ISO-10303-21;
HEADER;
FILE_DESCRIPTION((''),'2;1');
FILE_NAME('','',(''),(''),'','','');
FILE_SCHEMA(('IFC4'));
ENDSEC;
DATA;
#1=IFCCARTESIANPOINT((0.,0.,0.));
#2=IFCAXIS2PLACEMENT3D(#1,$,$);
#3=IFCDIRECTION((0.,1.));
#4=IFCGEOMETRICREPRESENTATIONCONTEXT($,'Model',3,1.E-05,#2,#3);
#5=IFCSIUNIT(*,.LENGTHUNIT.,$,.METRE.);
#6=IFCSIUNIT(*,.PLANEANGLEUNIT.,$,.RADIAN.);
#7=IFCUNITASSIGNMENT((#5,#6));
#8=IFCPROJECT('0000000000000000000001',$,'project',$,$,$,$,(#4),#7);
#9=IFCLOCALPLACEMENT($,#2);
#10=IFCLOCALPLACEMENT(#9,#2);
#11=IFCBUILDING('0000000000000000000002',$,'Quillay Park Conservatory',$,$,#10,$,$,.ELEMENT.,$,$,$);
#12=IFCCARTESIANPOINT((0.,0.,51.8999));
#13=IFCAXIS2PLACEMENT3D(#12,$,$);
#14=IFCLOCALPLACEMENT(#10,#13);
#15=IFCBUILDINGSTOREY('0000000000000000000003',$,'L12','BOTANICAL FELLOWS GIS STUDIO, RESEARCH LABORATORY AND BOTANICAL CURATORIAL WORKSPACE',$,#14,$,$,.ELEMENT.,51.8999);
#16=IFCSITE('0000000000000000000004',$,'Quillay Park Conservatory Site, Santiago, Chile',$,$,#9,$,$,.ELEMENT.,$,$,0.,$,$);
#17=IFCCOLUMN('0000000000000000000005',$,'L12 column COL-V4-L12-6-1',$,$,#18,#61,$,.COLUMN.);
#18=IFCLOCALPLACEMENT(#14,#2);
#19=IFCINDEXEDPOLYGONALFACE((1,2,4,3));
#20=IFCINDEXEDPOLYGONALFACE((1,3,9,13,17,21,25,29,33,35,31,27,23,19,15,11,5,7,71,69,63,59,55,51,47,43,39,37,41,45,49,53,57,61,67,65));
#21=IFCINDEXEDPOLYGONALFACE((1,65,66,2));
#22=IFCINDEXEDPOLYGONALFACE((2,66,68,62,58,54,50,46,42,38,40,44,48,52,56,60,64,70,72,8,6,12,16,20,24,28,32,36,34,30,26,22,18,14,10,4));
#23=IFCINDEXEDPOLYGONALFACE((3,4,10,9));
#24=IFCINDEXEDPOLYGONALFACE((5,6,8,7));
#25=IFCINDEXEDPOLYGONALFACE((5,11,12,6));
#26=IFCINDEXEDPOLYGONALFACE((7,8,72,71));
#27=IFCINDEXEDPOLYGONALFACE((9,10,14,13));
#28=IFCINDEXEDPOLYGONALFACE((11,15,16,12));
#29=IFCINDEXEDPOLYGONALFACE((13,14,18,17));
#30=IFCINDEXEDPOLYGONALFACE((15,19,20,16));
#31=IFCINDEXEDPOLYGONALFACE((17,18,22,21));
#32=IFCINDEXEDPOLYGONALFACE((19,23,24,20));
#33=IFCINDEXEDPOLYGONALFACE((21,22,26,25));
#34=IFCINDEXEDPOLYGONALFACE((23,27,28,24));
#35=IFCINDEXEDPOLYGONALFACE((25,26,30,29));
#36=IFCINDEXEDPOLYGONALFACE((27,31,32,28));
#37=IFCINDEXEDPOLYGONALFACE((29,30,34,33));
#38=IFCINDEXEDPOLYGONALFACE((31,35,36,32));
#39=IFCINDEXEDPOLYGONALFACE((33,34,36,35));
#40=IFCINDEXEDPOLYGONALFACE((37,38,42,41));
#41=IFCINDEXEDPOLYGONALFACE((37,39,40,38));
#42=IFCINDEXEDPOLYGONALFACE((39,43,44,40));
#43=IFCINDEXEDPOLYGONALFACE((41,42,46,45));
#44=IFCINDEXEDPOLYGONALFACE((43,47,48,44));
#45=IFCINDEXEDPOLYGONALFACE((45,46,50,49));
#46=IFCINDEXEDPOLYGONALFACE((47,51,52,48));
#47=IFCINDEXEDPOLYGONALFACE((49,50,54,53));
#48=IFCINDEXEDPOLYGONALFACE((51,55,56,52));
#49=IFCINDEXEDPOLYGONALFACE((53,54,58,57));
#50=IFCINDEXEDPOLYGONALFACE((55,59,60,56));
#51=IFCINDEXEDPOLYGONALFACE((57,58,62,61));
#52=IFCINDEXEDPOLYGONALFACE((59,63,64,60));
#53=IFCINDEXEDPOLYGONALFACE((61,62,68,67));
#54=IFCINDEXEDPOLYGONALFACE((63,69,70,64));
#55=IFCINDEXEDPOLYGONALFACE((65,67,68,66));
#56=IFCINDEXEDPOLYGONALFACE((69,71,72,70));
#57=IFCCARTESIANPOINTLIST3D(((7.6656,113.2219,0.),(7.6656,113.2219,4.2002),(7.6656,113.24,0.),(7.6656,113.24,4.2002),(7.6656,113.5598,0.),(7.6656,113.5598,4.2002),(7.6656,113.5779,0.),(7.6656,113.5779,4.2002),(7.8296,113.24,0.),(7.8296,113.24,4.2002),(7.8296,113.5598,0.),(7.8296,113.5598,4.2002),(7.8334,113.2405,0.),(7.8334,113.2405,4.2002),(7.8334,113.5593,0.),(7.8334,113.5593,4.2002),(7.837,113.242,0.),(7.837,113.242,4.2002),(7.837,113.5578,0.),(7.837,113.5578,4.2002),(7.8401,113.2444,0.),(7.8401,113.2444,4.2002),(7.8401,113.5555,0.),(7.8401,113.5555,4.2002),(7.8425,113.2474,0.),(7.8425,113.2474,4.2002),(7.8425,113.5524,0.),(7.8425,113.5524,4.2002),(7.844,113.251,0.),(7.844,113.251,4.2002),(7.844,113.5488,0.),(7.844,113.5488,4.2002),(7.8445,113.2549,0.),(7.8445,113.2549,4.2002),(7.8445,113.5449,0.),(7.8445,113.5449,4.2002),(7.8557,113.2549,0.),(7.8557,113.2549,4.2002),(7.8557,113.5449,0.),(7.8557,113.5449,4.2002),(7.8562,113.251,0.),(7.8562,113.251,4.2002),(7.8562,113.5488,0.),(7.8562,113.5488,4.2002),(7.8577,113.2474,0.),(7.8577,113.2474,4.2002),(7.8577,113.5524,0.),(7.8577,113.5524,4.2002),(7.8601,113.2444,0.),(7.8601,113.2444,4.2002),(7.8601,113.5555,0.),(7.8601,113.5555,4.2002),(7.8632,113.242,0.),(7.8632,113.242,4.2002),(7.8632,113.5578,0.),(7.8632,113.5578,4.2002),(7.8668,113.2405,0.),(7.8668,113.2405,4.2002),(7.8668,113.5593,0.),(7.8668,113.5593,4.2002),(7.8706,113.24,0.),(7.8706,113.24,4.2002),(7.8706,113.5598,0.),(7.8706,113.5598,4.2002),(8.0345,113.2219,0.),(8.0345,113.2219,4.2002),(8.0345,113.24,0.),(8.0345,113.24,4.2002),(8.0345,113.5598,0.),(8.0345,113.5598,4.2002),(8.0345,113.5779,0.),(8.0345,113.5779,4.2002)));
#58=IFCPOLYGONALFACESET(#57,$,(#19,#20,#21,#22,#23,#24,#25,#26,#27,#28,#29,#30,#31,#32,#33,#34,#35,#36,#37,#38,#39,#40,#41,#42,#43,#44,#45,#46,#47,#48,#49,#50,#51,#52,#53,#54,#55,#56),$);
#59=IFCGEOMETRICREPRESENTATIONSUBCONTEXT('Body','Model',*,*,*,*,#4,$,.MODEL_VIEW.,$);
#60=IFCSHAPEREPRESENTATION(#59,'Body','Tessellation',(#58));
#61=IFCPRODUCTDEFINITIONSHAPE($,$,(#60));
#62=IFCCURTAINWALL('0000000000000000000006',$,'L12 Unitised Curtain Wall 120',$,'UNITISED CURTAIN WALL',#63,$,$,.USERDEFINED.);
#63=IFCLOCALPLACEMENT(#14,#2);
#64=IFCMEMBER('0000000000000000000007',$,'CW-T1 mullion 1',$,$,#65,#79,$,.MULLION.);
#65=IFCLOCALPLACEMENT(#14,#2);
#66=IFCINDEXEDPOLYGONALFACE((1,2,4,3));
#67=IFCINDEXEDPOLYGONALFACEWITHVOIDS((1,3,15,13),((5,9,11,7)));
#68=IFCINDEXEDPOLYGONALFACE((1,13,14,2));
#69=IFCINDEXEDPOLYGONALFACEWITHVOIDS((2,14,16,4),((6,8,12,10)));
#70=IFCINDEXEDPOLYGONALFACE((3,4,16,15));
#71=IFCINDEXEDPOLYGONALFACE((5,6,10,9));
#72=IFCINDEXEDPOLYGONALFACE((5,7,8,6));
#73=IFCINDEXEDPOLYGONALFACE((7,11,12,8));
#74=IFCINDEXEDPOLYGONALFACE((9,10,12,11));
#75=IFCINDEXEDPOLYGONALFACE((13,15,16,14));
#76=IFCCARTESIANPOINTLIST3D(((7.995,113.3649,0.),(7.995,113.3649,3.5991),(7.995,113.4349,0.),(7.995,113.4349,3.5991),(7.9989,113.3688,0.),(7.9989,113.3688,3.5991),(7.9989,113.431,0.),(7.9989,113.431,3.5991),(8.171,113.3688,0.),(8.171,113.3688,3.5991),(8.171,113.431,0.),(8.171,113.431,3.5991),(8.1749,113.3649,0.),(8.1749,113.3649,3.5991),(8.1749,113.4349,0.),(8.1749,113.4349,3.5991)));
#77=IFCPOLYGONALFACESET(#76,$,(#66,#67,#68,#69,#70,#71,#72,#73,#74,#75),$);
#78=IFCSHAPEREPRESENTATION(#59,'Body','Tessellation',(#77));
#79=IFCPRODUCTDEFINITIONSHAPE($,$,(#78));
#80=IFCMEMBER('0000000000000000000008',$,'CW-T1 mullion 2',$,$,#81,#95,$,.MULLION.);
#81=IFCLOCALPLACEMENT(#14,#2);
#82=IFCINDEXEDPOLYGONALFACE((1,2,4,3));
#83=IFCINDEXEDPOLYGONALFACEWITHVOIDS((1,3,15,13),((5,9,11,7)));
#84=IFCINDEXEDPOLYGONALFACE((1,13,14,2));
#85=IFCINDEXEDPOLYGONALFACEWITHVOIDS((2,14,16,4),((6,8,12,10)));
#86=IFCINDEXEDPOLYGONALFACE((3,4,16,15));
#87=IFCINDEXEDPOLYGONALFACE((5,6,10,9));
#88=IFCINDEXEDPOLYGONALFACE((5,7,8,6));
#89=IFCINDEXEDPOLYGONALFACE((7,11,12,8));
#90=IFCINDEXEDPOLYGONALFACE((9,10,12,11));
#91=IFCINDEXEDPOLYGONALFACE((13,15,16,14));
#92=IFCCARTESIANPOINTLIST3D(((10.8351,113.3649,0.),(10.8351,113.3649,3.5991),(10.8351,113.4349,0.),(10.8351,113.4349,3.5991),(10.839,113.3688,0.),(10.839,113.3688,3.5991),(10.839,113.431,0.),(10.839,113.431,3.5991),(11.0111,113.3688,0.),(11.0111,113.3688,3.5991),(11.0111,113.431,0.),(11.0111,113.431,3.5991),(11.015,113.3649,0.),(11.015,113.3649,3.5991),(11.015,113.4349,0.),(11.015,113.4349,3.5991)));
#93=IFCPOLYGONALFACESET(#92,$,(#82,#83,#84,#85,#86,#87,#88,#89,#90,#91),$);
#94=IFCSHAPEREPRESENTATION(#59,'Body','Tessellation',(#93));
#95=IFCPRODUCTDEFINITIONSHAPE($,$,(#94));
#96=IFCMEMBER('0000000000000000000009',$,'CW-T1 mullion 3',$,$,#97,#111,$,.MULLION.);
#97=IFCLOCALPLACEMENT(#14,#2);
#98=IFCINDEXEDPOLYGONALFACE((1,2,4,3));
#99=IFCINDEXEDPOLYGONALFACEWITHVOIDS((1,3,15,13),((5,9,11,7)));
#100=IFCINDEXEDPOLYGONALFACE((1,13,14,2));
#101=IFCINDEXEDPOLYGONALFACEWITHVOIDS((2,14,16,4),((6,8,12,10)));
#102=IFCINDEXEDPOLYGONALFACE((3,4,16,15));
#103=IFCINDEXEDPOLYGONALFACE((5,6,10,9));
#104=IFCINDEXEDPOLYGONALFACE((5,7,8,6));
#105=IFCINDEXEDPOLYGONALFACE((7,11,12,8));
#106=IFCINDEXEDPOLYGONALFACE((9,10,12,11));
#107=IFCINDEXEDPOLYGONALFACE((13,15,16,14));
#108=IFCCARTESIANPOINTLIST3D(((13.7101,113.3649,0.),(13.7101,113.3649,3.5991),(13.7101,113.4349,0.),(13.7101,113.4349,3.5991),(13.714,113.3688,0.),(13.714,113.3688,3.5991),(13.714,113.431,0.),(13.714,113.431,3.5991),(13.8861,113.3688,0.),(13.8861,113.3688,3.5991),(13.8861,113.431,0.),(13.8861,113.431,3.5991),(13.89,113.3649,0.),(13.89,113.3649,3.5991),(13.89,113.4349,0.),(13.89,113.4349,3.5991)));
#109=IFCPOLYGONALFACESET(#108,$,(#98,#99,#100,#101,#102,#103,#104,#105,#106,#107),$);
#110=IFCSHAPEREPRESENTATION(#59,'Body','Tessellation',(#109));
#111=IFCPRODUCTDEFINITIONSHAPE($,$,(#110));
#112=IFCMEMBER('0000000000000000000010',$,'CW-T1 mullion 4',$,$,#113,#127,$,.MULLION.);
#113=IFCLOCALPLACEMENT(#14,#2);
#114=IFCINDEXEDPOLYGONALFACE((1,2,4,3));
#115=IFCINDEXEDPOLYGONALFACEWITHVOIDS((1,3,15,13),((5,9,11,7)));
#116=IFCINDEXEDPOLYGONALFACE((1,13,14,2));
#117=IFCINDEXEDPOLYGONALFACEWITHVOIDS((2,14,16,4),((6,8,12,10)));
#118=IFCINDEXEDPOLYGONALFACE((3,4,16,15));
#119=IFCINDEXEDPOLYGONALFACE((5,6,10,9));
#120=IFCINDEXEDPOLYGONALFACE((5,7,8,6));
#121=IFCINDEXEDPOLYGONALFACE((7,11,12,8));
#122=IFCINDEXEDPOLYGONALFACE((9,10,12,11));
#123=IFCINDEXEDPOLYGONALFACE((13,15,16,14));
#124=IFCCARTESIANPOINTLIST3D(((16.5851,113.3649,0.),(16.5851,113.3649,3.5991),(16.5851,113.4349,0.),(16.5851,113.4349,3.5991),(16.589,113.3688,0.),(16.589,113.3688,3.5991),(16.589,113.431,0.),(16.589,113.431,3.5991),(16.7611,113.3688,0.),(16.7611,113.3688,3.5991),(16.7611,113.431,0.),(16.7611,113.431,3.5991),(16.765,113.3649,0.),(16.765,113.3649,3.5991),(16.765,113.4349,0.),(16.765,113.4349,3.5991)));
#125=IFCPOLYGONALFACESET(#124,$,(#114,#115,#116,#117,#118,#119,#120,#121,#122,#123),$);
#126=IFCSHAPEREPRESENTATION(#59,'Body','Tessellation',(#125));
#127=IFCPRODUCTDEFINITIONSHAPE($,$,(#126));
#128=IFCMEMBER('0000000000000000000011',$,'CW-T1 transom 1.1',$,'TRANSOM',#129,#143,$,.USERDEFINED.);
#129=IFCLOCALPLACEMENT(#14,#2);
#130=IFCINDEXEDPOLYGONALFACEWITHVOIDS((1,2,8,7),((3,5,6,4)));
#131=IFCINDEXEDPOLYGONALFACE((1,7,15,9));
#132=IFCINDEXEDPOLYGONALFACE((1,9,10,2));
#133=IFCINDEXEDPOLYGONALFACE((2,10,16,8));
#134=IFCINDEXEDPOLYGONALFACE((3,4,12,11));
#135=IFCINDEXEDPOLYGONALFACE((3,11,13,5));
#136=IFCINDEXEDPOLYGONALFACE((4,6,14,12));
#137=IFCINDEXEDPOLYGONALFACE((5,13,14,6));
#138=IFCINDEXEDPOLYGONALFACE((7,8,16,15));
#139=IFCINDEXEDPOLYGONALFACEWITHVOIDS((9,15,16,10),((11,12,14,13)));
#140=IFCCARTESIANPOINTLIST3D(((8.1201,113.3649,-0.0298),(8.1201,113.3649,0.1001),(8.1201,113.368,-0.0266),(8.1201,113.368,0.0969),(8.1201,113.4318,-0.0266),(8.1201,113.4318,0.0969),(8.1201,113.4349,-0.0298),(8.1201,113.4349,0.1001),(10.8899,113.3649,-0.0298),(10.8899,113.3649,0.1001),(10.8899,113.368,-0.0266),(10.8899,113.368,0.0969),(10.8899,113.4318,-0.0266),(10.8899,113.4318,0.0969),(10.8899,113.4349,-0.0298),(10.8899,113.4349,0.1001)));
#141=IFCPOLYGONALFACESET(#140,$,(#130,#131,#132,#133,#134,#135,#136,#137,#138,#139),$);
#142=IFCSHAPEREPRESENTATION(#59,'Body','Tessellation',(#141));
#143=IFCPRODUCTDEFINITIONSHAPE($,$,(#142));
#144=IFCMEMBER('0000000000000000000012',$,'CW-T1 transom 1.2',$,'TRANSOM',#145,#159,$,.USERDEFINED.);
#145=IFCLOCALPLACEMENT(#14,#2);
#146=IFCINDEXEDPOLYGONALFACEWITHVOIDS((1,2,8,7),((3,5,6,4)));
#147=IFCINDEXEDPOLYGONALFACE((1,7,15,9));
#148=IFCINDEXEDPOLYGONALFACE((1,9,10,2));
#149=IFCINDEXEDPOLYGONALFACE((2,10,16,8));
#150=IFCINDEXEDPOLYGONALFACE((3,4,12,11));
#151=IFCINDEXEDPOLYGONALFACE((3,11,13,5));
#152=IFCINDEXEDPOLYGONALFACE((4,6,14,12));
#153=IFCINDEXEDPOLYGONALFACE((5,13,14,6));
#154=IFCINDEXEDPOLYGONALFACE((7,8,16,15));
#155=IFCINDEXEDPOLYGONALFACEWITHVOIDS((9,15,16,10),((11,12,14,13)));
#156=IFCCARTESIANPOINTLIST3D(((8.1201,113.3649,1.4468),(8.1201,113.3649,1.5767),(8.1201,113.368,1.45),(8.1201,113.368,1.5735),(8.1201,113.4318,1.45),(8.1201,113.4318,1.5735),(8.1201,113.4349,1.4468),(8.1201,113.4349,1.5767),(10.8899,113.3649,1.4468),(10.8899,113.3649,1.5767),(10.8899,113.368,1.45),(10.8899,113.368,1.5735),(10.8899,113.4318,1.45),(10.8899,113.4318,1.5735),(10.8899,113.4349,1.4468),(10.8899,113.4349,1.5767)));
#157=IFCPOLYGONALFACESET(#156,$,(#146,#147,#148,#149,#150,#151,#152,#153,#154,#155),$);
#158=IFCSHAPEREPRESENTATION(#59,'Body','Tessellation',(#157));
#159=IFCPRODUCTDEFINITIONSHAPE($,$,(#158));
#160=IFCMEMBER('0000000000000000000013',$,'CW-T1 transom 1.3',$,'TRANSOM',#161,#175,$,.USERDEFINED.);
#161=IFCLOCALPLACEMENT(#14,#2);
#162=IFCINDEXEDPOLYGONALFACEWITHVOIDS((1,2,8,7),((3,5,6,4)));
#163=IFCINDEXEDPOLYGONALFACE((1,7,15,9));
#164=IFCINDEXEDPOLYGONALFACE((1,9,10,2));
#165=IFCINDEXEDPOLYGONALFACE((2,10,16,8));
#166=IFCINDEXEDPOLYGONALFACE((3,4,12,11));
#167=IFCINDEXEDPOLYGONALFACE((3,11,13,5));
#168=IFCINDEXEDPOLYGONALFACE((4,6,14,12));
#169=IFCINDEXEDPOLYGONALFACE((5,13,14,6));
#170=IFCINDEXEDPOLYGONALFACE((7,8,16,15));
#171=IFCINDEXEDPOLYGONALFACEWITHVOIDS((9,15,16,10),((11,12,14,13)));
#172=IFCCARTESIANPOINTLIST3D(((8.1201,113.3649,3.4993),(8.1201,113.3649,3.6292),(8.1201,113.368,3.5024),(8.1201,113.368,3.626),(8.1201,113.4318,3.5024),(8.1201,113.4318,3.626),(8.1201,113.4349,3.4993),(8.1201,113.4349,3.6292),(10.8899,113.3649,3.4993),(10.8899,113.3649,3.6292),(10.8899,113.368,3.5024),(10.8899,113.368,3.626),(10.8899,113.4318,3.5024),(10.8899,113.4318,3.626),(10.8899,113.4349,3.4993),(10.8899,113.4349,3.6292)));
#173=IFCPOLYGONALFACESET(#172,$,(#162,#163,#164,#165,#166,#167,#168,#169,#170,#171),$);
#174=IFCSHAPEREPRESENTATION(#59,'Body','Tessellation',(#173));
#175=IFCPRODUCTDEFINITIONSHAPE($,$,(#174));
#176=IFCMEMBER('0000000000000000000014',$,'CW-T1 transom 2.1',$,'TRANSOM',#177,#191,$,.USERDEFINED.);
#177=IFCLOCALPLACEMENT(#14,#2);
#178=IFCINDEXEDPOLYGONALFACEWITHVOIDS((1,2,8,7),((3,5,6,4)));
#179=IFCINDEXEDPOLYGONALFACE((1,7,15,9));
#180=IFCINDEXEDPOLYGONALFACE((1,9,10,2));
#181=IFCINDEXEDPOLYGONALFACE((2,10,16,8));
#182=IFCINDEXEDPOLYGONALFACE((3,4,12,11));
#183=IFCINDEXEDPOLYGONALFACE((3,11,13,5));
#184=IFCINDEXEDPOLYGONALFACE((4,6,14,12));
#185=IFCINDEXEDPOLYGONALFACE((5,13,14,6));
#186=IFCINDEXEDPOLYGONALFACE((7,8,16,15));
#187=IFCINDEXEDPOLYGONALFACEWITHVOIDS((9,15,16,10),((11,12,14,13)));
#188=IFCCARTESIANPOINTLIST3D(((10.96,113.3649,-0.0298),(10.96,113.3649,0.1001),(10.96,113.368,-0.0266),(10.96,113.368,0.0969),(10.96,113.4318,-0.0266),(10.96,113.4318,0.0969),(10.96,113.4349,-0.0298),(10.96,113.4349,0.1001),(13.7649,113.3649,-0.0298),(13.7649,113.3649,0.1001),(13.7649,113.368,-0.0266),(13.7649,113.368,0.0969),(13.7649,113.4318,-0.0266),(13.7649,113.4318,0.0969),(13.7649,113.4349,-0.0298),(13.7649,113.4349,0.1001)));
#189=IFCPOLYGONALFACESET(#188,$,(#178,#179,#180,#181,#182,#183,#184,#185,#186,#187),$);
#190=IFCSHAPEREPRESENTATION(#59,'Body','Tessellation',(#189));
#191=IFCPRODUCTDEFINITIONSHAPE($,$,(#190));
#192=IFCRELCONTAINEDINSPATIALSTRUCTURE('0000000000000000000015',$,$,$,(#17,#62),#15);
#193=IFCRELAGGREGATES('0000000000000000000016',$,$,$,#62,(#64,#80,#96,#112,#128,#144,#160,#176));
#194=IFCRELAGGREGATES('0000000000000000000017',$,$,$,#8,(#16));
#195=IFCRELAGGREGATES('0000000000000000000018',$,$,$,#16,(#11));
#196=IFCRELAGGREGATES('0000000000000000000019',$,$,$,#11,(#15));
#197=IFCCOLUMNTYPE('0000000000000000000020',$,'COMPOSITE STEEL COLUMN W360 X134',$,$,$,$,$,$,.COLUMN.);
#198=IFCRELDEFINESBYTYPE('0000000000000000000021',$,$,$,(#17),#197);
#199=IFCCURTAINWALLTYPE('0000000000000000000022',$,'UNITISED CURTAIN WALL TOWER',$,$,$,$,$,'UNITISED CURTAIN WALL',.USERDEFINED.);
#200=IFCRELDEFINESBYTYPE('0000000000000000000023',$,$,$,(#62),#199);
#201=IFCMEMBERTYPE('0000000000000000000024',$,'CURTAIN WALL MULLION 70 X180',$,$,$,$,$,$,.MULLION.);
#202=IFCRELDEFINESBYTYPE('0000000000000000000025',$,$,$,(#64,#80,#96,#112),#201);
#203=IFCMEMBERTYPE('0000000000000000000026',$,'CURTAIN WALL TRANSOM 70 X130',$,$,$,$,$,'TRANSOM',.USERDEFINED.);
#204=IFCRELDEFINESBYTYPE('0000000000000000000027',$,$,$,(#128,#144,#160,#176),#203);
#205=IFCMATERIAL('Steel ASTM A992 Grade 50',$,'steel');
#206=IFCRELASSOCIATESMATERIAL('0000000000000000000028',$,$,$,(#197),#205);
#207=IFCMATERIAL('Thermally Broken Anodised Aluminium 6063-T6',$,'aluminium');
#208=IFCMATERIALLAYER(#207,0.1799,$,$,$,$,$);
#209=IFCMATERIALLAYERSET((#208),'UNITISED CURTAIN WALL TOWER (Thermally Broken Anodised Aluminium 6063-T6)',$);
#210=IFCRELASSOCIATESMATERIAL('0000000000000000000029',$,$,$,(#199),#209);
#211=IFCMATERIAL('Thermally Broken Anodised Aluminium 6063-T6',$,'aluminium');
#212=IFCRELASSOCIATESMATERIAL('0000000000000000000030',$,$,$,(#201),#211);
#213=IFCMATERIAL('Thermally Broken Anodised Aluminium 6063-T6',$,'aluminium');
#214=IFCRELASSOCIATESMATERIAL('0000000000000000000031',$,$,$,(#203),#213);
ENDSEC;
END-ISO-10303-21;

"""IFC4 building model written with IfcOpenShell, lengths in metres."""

from ifc_helpers import new_model, si_unit, direction, frame, origin, origin_2d, place, context, subcontext, project, spatial, hollow_rectangle, i_section, extrude, material, layer, layer_set, material_profile, profile_set, type_object, element, aggregate, save


model = new_model("IFC4")

# Units and contexts
model_context = context("Model", 3, precision=1e-05, world=origin(), true_north=direction((0.0, 1.0)))
body_context = subcontext(model_context, "Body", "Model", "MODEL_VIEW")
ifc_project = project(units=[si_unit("LENGTHUNIT", "METRE"), si_unit("PLANEANGLEUNIT", "RADIAN")], contexts=[model_context])

# Site, building, storey
site_placement = place(None, origin())
site = spatial("IfcSite", under=ifc_project, at=site_placement, Name="Quillay Park Conservatory Site, Santiago, Chile", CompositionType="ELEMENT", RefElevation=0.0)
building_placement = place(site_placement, origin())
building = spatial("IfcBuilding", under=site, at=building_placement, Name="Quillay Park Conservatory", CompositionType="ELEMENT")
storey_placement = place(building_placement, frame((0.0, 0.0, 51.8999)))
storey = spatial("IfcBuildingStorey", under=building, at=storey_placement, Name="L12", Description="BOTANICAL FELLOWS GIS STUDIO, RESEARCH LABORATORY AND BOTANICAL CURATORIAL WORKSPACE", CompositionType="ELEMENT", Elevation=51.8999)

# Column
ifc_material_1 = material(Name="Steel ASTM A992 Grade 50", Category="steel")
ifc_material_profile_1 = material_profile(ifc_material_1, i_section(OverallWidth=0.3689, OverallDepth=0.356, WebThickness=0.0112, FlangeThickness=0.0181, FilletRadius=0.0149, at=origin_2d()), Name="W360x134")
ifc_profile_set_1 = profile_set([ifc_material_profile_1], Name="Steel ASTM A992 Grade 50")
column_type = type_object("IfcColumnType", Name="COMPOSITE STEEL COLUMN W360 X134", PredefinedType="COLUMN", material=ifc_profile_set_1)
column_placement = place(storey_placement, frame((7.8501, 113.3999, 0.0), z_axis=(0.0, 0.0, 1.0), x_axis=(1.0, 0.0, 0.0)))
element("IfcColumn", 1, at=column_placement, inside=storey, type_object=column_type, Name="L12 column COL-V4-L12-6-1", PredefinedType="COLUMN", context=body_context, shape_type="SweptSolid", body=[
    extrude(i_section(OverallWidth=0.3689, OverallDepth=0.356, WebThickness=0.0112, FlangeThickness=0.0181, FilletRadius=0.0149, at=origin_2d()), origin(), (0.0, 0.0, 1.0), 4.2002),
])

# Curtain wall, members
ifc_material_2 = material(Name="Thermally Broken Anodised Aluminium 6063-T6", Category="aluminium")
ifc_layer_1 = layer(ifc_material_2, 0.1799)
ifc_layer_set_1 = layer_set([ifc_layer_1], Name="UNITISED CURTAIN WALL TOWER (Thermally Broken Anodised Aluminium 6063-T6)")
curtain_wall_type = type_object("IfcCurtainWallType", Name="UNITISED CURTAIN WALL TOWER", ElementType="UNITISED CURTAIN WALL", PredefinedType="USERDEFINED", material=ifc_layer_set_1)
curtain_wall_placement = place(storey_placement, origin())
curtain_wall = element("IfcCurtainWall", 2, at=curtain_wall_placement, inside=storey, type_object=curtain_wall_type, Name="L12 Unitised Curtain Wall 120", ObjectType="UNITISED CURTAIN WALL", PredefinedType="USERDEFINED")
ifc_material_3 = material(Name="Thermally Broken Anodised Aluminium 6063-T6", Category="aluminium")
ifc_material_profile_2 = material_profile(ifc_material_3, hollow_rectangle(XDim=0.0701, YDim=0.1799, WallThickness=0.0039, at=origin_2d()), Name="AL70x180x4")
ifc_profile_set_2 = profile_set([ifc_material_profile_2], Name="Thermally Broken Anodised Aluminium 6063-T6")
member_type_1 = type_object("IfcMemberType", Name="CURTAIN WALL MULLION 70 X180", PredefinedType="MULLION", material=ifc_profile_set_2)
member_1_placement = place(storey_placement, frame((8.085, 113.3999, 0.0), z_axis=(0.0, 0.0, 1.0), x_axis=(0.0, 1.0, 0.0)))
member_1 = element("IfcMember", 3, at=member_1_placement, type_object=member_type_1, Name="CW-T1 mullion 1", PredefinedType="MULLION", context=body_context, shape_type="SweptSolid", body=[
    extrude(hollow_rectangle(XDim=0.0701, YDim=0.1799, WallThickness=0.0039, at=origin_2d()), origin(), (0.0, 0.0, 1.0), 3.5991),
])
member_2_placement = place(storey_placement, frame((10.925, 113.3999, 0.0), z_axis=(0.0, 0.0, 1.0), x_axis=(0.0, 1.0, 0.0)))
member_2 = element("IfcMember", 4, at=member_2_placement, type_object=member_type_1, Name="CW-T1 mullion 2", PredefinedType="MULLION", context=body_context, shape_type="SweptSolid", body=[
    extrude(hollow_rectangle(XDim=0.0701, YDim=0.1799, WallThickness=0.0039, at=origin_2d()), origin(), (0.0, 0.0, 1.0), 3.5991),
])
member_3_placement = place(storey_placement, frame((13.8, 113.3999, 0.0), z_axis=(0.0, 0.0, 1.0), x_axis=(0.0, 1.0, 0.0)))
member_3 = element("IfcMember", 5, at=member_3_placement, type_object=member_type_1, Name="CW-T1 mullion 3", PredefinedType="MULLION", context=body_context, shape_type="SweptSolid", body=[
    extrude(hollow_rectangle(XDim=0.0701, YDim=0.1799, WallThickness=0.0039, at=origin_2d()), origin(), (0.0, 0.0, 1.0), 3.5991),
])
member_4_placement = place(storey_placement, frame((16.675, 113.3999, 0.0), z_axis=(0.0, 0.0, 1.0), x_axis=(0.0, 1.0, 0.0)))
member_4 = element("IfcMember", 6, at=member_4_placement, type_object=member_type_1, Name="CW-T1 mullion 4", PredefinedType="MULLION", context=body_context, shape_type="SweptSolid", body=[
    extrude(hollow_rectangle(XDim=0.0701, YDim=0.1799, WallThickness=0.0039, at=origin_2d()), origin(), (0.0, 0.0, 1.0), 3.5991),
])
ifc_material_4 = material(Name="Thermally Broken Anodised Aluminium 6063-T6", Category="aluminium")
ifc_material_profile_3 = material_profile(ifc_material_4, hollow_rectangle(XDim=0.0701, YDim=0.1299, WallThickness=0.0032, at=origin_2d()), Name="AL70x130x3.2")
ifc_profile_set_3 = profile_set([ifc_material_profile_3], Name="Thermally Broken Anodised Aluminium 6063-T6")
member_type_2 = type_object("IfcMemberType", Name="CURTAIN WALL TRANSOM 70 X130", ElementType="TRANSOM", PredefinedType="USERDEFINED", material=ifc_profile_set_3)
member_5_placement = place(storey_placement, frame((8.1201, 113.3999, 0.0352), z_axis=(1.0, 0.0, 0.0), x_axis=(0.0, 1.0, 0.0)))
member_5 = element("IfcMember", 7, at=member_5_placement, type_object=member_type_2, Name="CW-T1 transom 1.1", ObjectType="TRANSOM", PredefinedType="USERDEFINED", context=body_context, shape_type="SweptSolid", body=[
    extrude(hollow_rectangle(XDim=0.0701, YDim=0.1299, WallThickness=0.0032, at=origin_2d()), origin(), (0.0, 0.0, 1.0), 2.7698),
])
member_6_placement = place(storey_placement, frame((8.1201, 113.3999, 1.5117), z_axis=(1.0, 0.0, 0.0), x_axis=(0.0, 1.0, 0.0)))
member_6 = element("IfcMember", 8, at=member_6_placement, type_object=member_type_2, Name="CW-T1 transom 1.2", ObjectType="TRANSOM", PredefinedType="USERDEFINED", context=body_context, shape_type="SweptSolid", body=[
    extrude(hollow_rectangle(XDim=0.0701, YDim=0.1299, WallThickness=0.0032, at=origin_2d()), origin(), (0.0, 0.0, 1.0), 2.7698),
])
member_7_placement = place(storey_placement, frame((8.1201, 113.3999, 3.5642), z_axis=(1.0, 0.0, 0.0), x_axis=(0.0, 1.0, 0.0)))
member_7 = element("IfcMember", 9, at=member_7_placement, type_object=member_type_2, Name="CW-T1 transom 1.3", ObjectType="TRANSOM", PredefinedType="USERDEFINED", context=body_context, shape_type="SweptSolid", body=[
    extrude(hollow_rectangle(XDim=0.0701, YDim=0.1299, WallThickness=0.0032, at=origin_2d()), origin(), (0.0, 0.0, 1.0), 2.7698),
])
member_8_placement = place(storey_placement, frame((10.96, 113.3999, 0.0352), z_axis=(1.0, 0.0, 0.0), x_axis=(0.0, 1.0, 0.0)))
member_8 = element("IfcMember", 10, at=member_8_placement, type_object=member_type_2, Name="CW-T1 transom 2.1", ObjectType="TRANSOM", PredefinedType="USERDEFINED", context=body_context, shape_type="SweptSolid", body=[
    extrude(hollow_rectangle(XDim=0.0701, YDim=0.1299, WallThickness=0.0032, at=origin_2d()), origin(), (0.0, 0.0, 1.0), 2.8049),
])

aggregate(curtain_wall, [member_1, member_2, member_3, member_4, member_5, member_6, member_7, member_8])

save(model, "model.ifc")
